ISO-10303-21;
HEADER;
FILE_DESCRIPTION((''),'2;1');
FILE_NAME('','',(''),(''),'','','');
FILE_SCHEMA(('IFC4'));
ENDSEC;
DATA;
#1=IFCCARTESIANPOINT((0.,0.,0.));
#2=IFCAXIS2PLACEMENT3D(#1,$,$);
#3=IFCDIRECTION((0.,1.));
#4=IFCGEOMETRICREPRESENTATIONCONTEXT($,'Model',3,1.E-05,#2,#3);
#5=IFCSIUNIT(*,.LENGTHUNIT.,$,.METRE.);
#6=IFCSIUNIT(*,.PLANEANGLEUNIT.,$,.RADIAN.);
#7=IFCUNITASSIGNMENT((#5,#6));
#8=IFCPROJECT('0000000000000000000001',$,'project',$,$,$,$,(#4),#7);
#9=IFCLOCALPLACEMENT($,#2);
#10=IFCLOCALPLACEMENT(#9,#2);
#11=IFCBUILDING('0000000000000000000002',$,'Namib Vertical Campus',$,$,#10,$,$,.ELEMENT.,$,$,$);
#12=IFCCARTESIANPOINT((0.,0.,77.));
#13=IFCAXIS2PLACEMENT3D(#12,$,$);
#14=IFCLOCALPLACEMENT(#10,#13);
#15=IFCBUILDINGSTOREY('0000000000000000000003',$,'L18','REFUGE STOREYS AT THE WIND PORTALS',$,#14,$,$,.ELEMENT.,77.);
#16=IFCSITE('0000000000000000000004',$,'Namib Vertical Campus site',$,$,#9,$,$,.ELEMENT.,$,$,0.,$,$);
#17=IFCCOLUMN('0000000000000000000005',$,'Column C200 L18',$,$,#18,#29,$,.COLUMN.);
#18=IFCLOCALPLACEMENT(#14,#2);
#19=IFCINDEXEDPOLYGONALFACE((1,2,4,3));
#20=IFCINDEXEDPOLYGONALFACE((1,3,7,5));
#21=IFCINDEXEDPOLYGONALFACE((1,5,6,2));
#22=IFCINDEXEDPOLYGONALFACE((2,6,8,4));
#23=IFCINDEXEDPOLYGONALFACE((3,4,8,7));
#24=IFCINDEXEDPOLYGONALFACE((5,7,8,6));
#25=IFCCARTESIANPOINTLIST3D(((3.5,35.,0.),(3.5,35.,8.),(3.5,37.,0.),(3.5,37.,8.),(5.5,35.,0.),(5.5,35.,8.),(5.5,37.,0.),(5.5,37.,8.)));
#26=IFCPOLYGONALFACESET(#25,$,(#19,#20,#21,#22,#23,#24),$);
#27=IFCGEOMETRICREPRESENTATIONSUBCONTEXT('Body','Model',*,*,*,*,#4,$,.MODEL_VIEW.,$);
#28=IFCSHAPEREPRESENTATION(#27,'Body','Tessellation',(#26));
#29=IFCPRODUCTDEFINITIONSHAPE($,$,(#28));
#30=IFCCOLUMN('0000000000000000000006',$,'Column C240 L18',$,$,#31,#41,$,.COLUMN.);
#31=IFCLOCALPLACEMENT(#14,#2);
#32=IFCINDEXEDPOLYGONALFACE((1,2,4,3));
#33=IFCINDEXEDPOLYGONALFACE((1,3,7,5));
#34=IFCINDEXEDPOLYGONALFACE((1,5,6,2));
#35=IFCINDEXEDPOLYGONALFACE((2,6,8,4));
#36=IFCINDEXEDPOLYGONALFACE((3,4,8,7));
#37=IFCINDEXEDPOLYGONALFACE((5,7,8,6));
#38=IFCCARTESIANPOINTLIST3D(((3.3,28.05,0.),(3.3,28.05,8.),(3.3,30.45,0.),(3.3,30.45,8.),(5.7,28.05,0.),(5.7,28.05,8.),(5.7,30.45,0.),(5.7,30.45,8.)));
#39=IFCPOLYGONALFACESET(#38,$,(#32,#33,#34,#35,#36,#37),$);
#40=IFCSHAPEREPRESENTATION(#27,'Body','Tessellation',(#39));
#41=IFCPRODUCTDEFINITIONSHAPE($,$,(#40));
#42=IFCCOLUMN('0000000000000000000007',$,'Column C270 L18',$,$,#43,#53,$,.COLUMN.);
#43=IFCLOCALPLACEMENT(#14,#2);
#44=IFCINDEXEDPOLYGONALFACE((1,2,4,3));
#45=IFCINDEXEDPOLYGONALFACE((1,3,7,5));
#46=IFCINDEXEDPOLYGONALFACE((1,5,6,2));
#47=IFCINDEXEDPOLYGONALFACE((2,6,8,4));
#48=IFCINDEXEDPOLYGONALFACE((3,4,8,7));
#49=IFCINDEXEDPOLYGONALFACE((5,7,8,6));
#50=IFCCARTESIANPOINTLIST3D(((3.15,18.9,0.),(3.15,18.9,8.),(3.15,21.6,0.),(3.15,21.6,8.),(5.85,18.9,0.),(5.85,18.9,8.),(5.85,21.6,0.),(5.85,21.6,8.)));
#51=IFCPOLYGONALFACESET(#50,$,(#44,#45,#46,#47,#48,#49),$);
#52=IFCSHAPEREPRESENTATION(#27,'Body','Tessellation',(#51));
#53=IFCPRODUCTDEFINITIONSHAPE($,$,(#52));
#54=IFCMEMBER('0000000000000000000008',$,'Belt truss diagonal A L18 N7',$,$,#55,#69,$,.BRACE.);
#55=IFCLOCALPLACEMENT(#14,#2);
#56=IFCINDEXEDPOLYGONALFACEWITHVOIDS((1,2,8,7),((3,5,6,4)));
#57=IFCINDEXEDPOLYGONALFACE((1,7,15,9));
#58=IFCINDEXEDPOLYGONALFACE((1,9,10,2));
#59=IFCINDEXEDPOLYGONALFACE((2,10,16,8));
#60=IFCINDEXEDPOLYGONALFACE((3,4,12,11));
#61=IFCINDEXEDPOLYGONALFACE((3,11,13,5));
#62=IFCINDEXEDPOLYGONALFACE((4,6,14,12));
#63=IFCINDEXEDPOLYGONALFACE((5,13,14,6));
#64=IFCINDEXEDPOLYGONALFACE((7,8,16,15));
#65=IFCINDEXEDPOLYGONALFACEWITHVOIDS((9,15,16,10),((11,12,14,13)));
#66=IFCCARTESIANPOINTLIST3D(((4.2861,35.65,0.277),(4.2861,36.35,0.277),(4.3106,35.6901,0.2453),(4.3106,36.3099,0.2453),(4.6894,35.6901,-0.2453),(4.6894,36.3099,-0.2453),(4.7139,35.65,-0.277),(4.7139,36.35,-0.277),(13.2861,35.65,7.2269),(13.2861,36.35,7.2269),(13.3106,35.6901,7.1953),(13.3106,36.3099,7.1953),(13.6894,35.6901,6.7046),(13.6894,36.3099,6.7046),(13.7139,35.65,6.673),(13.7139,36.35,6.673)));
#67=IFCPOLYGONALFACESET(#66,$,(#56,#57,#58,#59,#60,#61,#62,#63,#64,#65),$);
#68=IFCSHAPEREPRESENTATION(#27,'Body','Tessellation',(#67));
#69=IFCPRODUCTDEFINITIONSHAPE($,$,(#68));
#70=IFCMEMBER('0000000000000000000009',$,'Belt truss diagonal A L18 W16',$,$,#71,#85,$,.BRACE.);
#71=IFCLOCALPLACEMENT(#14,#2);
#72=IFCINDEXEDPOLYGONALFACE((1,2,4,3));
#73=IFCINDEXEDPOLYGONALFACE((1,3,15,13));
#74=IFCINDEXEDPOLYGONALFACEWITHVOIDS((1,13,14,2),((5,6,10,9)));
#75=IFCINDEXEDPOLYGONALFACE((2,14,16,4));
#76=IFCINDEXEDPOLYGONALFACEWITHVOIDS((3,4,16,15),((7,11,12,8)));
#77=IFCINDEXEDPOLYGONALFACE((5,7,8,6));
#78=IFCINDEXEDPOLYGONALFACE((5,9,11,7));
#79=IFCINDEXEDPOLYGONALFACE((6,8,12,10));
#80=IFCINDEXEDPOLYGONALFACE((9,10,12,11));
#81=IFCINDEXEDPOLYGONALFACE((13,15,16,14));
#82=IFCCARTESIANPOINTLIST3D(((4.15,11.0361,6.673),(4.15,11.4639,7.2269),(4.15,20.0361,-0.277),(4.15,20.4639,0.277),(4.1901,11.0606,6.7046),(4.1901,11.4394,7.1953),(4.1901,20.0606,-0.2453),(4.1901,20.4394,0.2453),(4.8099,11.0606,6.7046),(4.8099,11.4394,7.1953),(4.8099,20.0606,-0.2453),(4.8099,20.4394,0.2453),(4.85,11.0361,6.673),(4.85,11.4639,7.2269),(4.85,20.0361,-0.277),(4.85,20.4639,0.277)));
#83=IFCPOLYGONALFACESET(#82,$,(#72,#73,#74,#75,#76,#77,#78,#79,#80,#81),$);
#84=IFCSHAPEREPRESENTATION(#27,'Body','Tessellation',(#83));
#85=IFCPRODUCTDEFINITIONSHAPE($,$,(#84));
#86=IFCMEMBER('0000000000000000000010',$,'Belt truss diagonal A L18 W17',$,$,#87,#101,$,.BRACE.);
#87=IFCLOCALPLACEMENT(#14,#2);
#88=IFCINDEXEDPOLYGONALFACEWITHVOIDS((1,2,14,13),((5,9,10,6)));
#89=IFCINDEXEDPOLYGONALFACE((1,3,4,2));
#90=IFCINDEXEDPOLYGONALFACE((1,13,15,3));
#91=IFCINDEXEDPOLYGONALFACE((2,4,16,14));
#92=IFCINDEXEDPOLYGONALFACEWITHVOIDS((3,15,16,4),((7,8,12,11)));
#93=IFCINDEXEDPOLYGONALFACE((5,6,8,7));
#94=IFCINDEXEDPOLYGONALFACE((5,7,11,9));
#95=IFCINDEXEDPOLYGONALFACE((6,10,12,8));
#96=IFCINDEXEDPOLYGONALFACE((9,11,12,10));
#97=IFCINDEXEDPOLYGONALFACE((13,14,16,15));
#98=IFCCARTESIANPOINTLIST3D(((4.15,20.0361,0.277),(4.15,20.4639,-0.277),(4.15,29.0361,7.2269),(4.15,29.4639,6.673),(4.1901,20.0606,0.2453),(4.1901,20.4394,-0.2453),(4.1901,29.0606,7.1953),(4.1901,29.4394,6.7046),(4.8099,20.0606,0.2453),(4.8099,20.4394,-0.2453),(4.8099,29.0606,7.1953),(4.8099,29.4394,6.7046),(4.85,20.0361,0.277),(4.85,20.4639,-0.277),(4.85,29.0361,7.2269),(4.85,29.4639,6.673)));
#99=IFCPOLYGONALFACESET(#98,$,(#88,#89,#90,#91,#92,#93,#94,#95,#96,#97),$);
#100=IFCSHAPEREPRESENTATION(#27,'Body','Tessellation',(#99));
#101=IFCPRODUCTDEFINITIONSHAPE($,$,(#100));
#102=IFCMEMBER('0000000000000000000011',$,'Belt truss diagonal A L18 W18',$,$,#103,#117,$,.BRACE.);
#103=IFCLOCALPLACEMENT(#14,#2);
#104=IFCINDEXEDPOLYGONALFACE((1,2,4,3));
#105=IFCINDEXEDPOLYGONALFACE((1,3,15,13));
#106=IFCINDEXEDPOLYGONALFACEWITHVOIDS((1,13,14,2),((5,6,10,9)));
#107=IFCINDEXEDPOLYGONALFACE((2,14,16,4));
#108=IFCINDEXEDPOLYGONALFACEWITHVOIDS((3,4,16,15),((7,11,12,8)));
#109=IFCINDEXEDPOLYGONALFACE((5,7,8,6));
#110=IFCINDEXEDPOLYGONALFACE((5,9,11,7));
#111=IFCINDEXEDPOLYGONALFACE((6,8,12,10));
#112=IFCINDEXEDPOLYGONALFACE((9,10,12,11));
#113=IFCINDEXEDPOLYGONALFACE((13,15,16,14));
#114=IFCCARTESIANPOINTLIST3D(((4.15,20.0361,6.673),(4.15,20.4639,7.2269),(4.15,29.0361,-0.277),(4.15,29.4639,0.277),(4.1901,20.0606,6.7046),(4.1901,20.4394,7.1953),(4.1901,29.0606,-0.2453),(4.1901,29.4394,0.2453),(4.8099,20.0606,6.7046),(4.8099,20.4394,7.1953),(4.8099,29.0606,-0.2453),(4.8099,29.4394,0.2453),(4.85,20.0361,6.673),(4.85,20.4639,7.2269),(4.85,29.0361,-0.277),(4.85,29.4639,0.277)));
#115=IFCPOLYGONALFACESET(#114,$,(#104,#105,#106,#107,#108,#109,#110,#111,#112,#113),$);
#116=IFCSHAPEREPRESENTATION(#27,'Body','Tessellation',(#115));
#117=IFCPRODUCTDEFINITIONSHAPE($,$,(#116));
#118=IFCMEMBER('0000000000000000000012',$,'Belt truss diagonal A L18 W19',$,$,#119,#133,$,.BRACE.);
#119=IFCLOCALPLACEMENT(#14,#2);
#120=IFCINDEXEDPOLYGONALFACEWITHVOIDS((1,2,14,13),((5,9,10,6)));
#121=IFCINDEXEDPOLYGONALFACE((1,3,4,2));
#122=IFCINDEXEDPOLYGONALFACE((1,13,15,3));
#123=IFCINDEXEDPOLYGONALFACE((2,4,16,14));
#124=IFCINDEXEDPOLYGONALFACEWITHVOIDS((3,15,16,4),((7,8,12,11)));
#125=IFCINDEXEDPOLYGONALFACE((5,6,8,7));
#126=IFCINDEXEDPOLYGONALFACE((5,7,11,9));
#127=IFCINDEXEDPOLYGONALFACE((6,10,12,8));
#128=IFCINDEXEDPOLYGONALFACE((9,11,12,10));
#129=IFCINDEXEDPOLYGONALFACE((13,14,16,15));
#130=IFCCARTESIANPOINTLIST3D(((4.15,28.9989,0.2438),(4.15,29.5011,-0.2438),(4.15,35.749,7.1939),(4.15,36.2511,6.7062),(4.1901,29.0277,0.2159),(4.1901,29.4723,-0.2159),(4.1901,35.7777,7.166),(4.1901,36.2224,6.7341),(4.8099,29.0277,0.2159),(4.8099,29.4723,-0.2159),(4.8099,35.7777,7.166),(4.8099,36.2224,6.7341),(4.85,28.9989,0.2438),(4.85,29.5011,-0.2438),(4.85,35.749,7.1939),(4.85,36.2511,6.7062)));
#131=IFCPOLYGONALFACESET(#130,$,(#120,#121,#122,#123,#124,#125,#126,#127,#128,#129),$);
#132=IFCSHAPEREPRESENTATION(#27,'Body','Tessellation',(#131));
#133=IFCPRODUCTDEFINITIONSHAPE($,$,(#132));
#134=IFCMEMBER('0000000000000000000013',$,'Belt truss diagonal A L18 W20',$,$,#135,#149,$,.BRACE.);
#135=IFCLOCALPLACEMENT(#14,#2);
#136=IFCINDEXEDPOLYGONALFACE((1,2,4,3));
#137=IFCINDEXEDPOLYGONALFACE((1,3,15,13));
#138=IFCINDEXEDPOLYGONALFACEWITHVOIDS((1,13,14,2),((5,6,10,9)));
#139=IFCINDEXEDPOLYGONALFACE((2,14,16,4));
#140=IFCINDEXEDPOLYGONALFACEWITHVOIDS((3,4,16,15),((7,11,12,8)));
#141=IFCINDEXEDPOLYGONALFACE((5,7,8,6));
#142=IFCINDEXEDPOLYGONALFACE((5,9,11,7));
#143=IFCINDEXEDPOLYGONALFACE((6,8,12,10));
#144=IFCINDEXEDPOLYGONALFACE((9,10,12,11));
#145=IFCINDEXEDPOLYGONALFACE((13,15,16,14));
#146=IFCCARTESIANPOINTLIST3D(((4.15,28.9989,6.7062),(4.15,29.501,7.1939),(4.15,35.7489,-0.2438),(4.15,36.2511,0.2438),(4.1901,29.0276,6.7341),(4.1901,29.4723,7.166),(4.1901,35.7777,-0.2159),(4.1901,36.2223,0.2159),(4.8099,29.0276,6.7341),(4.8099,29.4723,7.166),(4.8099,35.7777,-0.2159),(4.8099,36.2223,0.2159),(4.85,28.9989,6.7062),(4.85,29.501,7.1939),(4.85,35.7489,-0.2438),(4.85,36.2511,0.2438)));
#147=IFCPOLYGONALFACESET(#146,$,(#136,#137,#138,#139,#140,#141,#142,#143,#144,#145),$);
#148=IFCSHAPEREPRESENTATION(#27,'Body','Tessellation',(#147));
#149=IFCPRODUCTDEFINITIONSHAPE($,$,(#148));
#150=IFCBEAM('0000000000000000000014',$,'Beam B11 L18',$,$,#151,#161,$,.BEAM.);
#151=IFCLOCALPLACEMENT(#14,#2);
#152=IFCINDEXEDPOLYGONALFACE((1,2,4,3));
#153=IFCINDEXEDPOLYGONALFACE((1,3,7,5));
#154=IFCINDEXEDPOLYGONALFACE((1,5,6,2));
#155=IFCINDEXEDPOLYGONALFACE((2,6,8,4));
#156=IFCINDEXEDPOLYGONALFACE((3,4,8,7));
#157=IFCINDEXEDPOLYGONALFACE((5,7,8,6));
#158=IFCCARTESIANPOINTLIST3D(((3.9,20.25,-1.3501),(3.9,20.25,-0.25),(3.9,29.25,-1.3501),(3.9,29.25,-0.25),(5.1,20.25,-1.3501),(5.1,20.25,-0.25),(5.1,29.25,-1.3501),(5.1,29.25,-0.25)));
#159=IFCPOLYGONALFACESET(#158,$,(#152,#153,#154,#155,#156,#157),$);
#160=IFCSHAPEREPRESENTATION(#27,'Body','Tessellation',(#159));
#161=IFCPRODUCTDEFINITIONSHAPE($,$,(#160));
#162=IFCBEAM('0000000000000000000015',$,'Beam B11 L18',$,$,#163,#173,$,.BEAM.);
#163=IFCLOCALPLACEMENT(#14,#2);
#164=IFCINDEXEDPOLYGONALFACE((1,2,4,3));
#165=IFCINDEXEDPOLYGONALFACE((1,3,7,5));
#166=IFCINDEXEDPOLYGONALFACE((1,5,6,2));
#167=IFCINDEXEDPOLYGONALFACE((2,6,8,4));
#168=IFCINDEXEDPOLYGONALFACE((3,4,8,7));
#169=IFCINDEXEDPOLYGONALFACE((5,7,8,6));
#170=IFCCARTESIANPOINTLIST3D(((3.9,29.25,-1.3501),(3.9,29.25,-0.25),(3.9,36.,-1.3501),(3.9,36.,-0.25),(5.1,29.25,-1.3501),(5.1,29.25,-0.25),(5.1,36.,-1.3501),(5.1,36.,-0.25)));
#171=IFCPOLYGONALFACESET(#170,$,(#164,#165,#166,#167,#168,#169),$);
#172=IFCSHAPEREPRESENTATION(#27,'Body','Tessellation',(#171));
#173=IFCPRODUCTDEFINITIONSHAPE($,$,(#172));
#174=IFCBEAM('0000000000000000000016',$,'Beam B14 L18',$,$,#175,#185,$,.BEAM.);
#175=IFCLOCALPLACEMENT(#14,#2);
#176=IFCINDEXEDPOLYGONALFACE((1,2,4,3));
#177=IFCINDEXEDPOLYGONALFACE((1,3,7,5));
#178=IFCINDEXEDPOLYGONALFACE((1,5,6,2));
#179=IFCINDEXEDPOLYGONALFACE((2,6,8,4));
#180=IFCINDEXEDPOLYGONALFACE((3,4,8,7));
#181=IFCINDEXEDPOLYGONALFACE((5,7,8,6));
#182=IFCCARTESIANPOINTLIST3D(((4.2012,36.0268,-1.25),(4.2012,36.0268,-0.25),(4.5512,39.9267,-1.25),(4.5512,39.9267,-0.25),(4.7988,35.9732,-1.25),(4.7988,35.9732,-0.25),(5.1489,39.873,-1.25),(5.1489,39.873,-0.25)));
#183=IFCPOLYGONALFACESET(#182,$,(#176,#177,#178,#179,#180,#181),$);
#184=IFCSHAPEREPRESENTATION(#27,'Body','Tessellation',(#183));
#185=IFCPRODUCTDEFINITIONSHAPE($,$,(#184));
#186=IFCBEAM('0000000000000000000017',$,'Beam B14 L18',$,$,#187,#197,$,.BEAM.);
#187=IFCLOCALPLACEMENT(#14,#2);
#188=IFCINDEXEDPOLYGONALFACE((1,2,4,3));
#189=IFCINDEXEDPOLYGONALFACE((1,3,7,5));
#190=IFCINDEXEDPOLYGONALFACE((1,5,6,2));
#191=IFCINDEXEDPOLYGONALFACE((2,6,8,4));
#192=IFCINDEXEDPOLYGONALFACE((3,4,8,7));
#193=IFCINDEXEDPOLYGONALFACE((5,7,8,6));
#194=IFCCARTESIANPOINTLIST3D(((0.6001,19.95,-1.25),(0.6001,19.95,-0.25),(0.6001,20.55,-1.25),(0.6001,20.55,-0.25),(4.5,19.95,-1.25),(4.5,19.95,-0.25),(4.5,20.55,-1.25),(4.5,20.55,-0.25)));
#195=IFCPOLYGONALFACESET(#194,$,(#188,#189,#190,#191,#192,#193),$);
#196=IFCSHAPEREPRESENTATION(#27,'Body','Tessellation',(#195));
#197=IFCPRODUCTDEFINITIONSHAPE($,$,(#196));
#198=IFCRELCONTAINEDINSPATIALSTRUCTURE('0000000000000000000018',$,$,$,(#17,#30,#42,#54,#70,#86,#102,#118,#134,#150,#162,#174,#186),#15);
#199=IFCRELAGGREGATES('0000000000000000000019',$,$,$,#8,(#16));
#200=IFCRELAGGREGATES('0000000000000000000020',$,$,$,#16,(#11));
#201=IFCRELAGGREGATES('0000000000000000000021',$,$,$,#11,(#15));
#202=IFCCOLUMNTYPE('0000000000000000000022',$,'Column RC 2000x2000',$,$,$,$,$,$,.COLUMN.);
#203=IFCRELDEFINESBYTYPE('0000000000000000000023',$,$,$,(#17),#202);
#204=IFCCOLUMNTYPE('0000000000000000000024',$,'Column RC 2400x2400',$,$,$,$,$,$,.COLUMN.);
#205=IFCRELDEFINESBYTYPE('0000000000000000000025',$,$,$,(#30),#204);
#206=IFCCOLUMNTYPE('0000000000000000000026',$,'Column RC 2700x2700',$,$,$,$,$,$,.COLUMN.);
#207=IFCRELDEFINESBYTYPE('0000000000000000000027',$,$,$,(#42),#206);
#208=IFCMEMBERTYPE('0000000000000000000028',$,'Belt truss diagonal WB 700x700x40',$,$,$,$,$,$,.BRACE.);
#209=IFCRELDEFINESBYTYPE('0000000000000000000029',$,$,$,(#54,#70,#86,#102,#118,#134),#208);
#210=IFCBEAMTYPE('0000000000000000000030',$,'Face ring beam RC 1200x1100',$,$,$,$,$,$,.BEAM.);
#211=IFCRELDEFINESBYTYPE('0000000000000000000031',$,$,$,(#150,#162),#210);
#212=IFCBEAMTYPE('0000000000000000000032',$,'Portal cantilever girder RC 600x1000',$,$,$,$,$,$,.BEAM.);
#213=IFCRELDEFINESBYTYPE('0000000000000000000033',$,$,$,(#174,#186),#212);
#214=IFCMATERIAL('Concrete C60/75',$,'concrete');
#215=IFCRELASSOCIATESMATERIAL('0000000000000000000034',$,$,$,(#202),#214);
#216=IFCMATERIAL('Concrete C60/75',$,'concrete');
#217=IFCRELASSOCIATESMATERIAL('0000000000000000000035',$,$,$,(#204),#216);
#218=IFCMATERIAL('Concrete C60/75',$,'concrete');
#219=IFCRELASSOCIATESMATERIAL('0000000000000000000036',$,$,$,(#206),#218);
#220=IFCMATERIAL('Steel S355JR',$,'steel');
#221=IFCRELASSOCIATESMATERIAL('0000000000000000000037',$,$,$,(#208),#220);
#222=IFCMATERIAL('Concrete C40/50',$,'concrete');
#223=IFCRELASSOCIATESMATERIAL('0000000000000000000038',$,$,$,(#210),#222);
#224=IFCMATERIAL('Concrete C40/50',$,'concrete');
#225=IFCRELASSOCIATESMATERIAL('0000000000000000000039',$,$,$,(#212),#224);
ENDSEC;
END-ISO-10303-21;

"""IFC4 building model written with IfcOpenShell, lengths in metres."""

from ifc_helpers import new_model, si_unit, direction, frame, origin, origin_2d, place, context, subcontext, project, spatial, rectangle, hollow_rectangle, extrude, material, material_profile, profile_set, type_object, element, save


model = new_model("IFC4")

# Units and contexts
model_context = context("Model", 3, precision=1e-05, world=origin(), true_north=direction((0.0, 1.0)))
body_context = subcontext(model_context, "Body", "Model", "MODEL_VIEW")
ifc_project = project(units=[si_unit("LENGTHUNIT", "METRE"), si_unit("PLANEANGLEUNIT", "RADIAN")], contexts=[model_context])

# Site, building, storey
site_placement = place(None, origin())
site = spatial("IfcSite", under=ifc_project, at=site_placement, Name="Namib Vertical Campus site", CompositionType="ELEMENT", RefElevation=0.0)
building_placement = place(site_placement, origin())
building = spatial("IfcBuilding", under=site, at=building_placement, Name="Namib Vertical Campus", CompositionType="ELEMENT")
storey_placement = place(building_placement, frame((0.0, 0.0, 77.0)))
storey = spatial("IfcBuildingStorey", under=building, at=storey_placement, Name="L18", Description="REFUGE STOREYS AT THE WIND PORTALS", CompositionType="ELEMENT", Elevation=77.0)

# Columns
ifc_material_1 = material(Name="Concrete C60/75", Category="concrete")
ifc_material_profile_1 = material_profile(ifc_material_1, rectangle(XDim=2.0, YDim=2.0, at=origin_2d()))
ifc_profile_set_1 = profile_set([ifc_material_profile_1], Name="Concrete C60/75")
column_type_1 = type_object("IfcColumnType", Name="Column RC 2000x2000", PredefinedType="COLUMN", material=ifc_profile_set_1)
column_1_placement = place(storey_placement, frame((4.5, 36.0, 0.0), z_axis=(0.0, 0.0, 1.0), x_axis=(1.0, 0.0, 0.0)))
element("IfcColumn", 1, at=column_1_placement, inside=storey, type_object=column_type_1, Name="Column C200 L18", PredefinedType="COLUMN", context=body_context, shape_type="SweptSolid", body=[
    extrude(rectangle(XDim=2.0, YDim=2.0, at=origin_2d()), origin(), (0.0, 0.0, 1.0), 8.0),
])
ifc_material_2 = material(Name="Concrete C60/75", Category="concrete")
ifc_material_profile_2 = material_profile(ifc_material_2, rectangle(XDim=2.3999, YDim=2.3999, at=origin_2d()))
ifc_profile_set_2 = profile_set([ifc_material_profile_2], Name="Concrete C60/75")
column_type_2 = type_object("IfcColumnType", Name="Column RC 2400x2400", PredefinedType="COLUMN", material=ifc_profile_set_2)
column_2_placement = place(storey_placement, frame((4.5, 29.25, 0.0), z_axis=(0.0, 0.0, 1.0), x_axis=(1.0, 0.0, 0.0)))
element("IfcColumn", 2, at=column_2_placement, inside=storey, type_object=column_type_2, Name="Column C240 L18", PredefinedType="COLUMN", context=body_context, shape_type="SweptSolid", body=[
    extrude(rectangle(XDim=2.3999, YDim=2.3999, at=origin_2d()), origin(), (0.0, 0.0, 1.0), 8.0),
])
ifc_material_3 = material(Name="Concrete C60/75", Category="concrete")
ifc_material_profile_3 = material_profile(ifc_material_3, rectangle(XDim=2.7, YDim=2.7, at=origin_2d()))
ifc_profile_set_3 = profile_set([ifc_material_profile_3], Name="Concrete C60/75")
column_type_3 = type_object("IfcColumnType", Name="Column RC 2700x2700", PredefinedType="COLUMN", material=ifc_profile_set_3)
column_3_placement = place(storey_placement, frame((4.5, 20.25, 0.0), z_axis=(0.0, 0.0, 1.0), x_axis=(1.0, 0.0, 0.0)))
element("IfcColumn", 3, at=column_3_placement, inside=storey, type_object=column_type_3, Name="Column C270 L18", PredefinedType="COLUMN", context=body_context, shape_type="SweptSolid", body=[
    extrude(rectangle(XDim=2.7, YDim=2.7, at=origin_2d()), origin(), (0.0, 0.0, 1.0), 8.0),
])

# Members
ifc_material_4 = material(Name="Steel S355JR", Category="steel")
ifc_material_profile_4 = material_profile(ifc_material_4, hollow_rectangle(XDim=0.7, YDim=0.7, WallThickness=0.04, at=origin_2d()))
ifc_profile_set_4 = profile_set([ifc_material_profile_4], Name="Steel S355JR")
member_type = type_object("IfcMemberType", Name="Belt truss diagonal WB 700x700x40", PredefinedType="BRACE", material=ifc_profile_set_4)
for number, where, z_axis, x_axis, name in (
    (4, (4.5, 36.0, 0.0), (0.79148, 0.0, 0.611194), (0.0, 1.0, 0.0), "Belt truss diagonal A L18 N7"),
    (5, (4.5, 20.25, 0.0), (0.0, -0.79148, 0.611194), (1.0, 0.0, 0.0), "Belt truss diagonal A L18 W16"),
    (6, (4.5, 20.25, 0.0), (0.0, 0.79148, 0.611194), (-1.0, 0.0, 0.0), "Belt truss diagonal A L18 W17"),
    (7, (4.5, 29.25, 0.0), (0.0, -0.79148, 0.611194), (1.0, 0.0, 0.0), "Belt truss diagonal A L18 W18"),
):
    element("IfcMember", number, at=place(storey_placement, frame(where, z_axis=z_axis, x_axis=x_axis)), inside=storey, type_object=member_type, Name=name, PredefinedType="BRACE", context=body_context, shape_type="SweptSolid", body=[
        extrude(hollow_rectangle(XDim=0.7, YDim=0.7, WallThickness=0.04, at=origin_2d()), origin(), (0.0, 0.0, 1.0), 11.3711),
    ])
for number, where, z_axis, x_axis, name in (
    (8, (4.5, 29.25, 0.0), (0.0, 0.696712, 0.717351), (-1.0, 0.0, 0.0), "Belt truss diagonal A L18 W19"),
    (9, (4.5, 36.0, 0.0), (0.0, -0.696712, 0.717351), (1.0, 0.0, 0.0), "Belt truss diagonal A L18 W20"),
):
    element("IfcMember", number, at=place(storey_placement, frame(where, z_axis=z_axis, x_axis=x_axis)), inside=storey, type_object=member_type, Name=name, PredefinedType="BRACE", context=body_context, shape_type="SweptSolid", body=[
        extrude(hollow_rectangle(XDim=0.7, YDim=0.7, WallThickness=0.04, at=origin_2d()), origin(), (0.0, 0.0, 1.0), 9.6885),
    ])

# Beams
ifc_material_5 = material(Name="Concrete C40/50", Category="concrete")
ifc_material_profile_5 = material_profile(ifc_material_5, rectangle(XDim=1.2, YDim=1.1001, at=origin_2d()))
ifc_profile_set_5 = profile_set([ifc_material_profile_5], Name="Concrete C40/50")
beam_type_1 = type_object("IfcBeamType", Name="Face ring beam RC 1200x1100", PredefinedType="BEAM", material=ifc_profile_set_5)
beam_1_placement = place(storey_placement, frame((4.5, 20.25, -0.8), z_axis=(0.0, 1.0, 0.0), x_axis=(-1.0, 0.0, 0.0)))
element("IfcBeam", 10, at=beam_1_placement, inside=storey, type_object=beam_type_1, Name="Beam B11 L18", PredefinedType="BEAM", context=body_context, shape_type="SweptSolid", body=[
    extrude(rectangle(XDim=1.2, YDim=1.1001, at=origin_2d()), origin(), (0.0, 0.0, 1.0), 9.0),
])
beam_2_placement = place(storey_placement, frame((4.5, 29.25, -0.8), z_axis=(0.0, 1.0, 0.0), x_axis=(-1.0, 0.0, 0.0)))
element("IfcBeam", 11, at=beam_2_placement, inside=storey, type_object=beam_type_1, Name="Beam B11 L18", PredefinedType="BEAM", context=body_context, shape_type="SweptSolid", body=[
    extrude(rectangle(XDim=1.2, YDim=1.1001, at=origin_2d()), origin(), (0.0, 0.0, 1.0), 6.75),
])
ifc_material_6 = material(Name="Concrete C40/50", Category="concrete")
ifc_material_profile_6 = material_profile(ifc_material_6, rectangle(XDim=0.6001, YDim=1.0, at=origin_2d()))
ifc_profile_set_6 = profile_set([ifc_material_profile_6], Name="Concrete C40/50")
beam_type_2 = type_object("IfcBeamType", Name="Portal cantilever girder RC 600x1000", PredefinedType="BEAM", material=ifc_profile_set_6)
beam_3_placement = place(storey_placement, frame((4.5, 36.0, -0.75), z_axis=(0.089411, 0.995995, 0.0), x_axis=(-0.995995, 0.089411, 0.0)))
element("IfcBeam", 12, at=beam_3_placement, inside=storey, type_object=beam_type_2, Name="Beam B14 L18", PredefinedType="BEAM", context=body_context, shape_type="SweptSolid", body=[
    extrude(rectangle(XDim=0.6001, YDim=1.0, at=origin_2d()), origin(), (0.0, 0.0, 1.0), 3.9155),
])
for number, where, z_axis, x_axis, name in (
    (13, (4.5, 20.25, -0.75), (-1.0, 0.0, 0.0), (0.0, -1.0, 0.0), "Beam B14 L18"),
):
    element("IfcBeam", number, at=place(storey_placement, frame(where, z_axis=z_axis, x_axis=x_axis)), inside=storey, type_object=beam_type_2, Name=name, PredefinedType="BEAM", context=body_context, shape_type="SweptSolid", body=[
        extrude(rectangle(XDim=0.6001, YDim=1.0, at=origin_2d()), origin(), (0.0, 0.0, 1.0), 3.8999),
    ])

save(model, "model.ifc")
